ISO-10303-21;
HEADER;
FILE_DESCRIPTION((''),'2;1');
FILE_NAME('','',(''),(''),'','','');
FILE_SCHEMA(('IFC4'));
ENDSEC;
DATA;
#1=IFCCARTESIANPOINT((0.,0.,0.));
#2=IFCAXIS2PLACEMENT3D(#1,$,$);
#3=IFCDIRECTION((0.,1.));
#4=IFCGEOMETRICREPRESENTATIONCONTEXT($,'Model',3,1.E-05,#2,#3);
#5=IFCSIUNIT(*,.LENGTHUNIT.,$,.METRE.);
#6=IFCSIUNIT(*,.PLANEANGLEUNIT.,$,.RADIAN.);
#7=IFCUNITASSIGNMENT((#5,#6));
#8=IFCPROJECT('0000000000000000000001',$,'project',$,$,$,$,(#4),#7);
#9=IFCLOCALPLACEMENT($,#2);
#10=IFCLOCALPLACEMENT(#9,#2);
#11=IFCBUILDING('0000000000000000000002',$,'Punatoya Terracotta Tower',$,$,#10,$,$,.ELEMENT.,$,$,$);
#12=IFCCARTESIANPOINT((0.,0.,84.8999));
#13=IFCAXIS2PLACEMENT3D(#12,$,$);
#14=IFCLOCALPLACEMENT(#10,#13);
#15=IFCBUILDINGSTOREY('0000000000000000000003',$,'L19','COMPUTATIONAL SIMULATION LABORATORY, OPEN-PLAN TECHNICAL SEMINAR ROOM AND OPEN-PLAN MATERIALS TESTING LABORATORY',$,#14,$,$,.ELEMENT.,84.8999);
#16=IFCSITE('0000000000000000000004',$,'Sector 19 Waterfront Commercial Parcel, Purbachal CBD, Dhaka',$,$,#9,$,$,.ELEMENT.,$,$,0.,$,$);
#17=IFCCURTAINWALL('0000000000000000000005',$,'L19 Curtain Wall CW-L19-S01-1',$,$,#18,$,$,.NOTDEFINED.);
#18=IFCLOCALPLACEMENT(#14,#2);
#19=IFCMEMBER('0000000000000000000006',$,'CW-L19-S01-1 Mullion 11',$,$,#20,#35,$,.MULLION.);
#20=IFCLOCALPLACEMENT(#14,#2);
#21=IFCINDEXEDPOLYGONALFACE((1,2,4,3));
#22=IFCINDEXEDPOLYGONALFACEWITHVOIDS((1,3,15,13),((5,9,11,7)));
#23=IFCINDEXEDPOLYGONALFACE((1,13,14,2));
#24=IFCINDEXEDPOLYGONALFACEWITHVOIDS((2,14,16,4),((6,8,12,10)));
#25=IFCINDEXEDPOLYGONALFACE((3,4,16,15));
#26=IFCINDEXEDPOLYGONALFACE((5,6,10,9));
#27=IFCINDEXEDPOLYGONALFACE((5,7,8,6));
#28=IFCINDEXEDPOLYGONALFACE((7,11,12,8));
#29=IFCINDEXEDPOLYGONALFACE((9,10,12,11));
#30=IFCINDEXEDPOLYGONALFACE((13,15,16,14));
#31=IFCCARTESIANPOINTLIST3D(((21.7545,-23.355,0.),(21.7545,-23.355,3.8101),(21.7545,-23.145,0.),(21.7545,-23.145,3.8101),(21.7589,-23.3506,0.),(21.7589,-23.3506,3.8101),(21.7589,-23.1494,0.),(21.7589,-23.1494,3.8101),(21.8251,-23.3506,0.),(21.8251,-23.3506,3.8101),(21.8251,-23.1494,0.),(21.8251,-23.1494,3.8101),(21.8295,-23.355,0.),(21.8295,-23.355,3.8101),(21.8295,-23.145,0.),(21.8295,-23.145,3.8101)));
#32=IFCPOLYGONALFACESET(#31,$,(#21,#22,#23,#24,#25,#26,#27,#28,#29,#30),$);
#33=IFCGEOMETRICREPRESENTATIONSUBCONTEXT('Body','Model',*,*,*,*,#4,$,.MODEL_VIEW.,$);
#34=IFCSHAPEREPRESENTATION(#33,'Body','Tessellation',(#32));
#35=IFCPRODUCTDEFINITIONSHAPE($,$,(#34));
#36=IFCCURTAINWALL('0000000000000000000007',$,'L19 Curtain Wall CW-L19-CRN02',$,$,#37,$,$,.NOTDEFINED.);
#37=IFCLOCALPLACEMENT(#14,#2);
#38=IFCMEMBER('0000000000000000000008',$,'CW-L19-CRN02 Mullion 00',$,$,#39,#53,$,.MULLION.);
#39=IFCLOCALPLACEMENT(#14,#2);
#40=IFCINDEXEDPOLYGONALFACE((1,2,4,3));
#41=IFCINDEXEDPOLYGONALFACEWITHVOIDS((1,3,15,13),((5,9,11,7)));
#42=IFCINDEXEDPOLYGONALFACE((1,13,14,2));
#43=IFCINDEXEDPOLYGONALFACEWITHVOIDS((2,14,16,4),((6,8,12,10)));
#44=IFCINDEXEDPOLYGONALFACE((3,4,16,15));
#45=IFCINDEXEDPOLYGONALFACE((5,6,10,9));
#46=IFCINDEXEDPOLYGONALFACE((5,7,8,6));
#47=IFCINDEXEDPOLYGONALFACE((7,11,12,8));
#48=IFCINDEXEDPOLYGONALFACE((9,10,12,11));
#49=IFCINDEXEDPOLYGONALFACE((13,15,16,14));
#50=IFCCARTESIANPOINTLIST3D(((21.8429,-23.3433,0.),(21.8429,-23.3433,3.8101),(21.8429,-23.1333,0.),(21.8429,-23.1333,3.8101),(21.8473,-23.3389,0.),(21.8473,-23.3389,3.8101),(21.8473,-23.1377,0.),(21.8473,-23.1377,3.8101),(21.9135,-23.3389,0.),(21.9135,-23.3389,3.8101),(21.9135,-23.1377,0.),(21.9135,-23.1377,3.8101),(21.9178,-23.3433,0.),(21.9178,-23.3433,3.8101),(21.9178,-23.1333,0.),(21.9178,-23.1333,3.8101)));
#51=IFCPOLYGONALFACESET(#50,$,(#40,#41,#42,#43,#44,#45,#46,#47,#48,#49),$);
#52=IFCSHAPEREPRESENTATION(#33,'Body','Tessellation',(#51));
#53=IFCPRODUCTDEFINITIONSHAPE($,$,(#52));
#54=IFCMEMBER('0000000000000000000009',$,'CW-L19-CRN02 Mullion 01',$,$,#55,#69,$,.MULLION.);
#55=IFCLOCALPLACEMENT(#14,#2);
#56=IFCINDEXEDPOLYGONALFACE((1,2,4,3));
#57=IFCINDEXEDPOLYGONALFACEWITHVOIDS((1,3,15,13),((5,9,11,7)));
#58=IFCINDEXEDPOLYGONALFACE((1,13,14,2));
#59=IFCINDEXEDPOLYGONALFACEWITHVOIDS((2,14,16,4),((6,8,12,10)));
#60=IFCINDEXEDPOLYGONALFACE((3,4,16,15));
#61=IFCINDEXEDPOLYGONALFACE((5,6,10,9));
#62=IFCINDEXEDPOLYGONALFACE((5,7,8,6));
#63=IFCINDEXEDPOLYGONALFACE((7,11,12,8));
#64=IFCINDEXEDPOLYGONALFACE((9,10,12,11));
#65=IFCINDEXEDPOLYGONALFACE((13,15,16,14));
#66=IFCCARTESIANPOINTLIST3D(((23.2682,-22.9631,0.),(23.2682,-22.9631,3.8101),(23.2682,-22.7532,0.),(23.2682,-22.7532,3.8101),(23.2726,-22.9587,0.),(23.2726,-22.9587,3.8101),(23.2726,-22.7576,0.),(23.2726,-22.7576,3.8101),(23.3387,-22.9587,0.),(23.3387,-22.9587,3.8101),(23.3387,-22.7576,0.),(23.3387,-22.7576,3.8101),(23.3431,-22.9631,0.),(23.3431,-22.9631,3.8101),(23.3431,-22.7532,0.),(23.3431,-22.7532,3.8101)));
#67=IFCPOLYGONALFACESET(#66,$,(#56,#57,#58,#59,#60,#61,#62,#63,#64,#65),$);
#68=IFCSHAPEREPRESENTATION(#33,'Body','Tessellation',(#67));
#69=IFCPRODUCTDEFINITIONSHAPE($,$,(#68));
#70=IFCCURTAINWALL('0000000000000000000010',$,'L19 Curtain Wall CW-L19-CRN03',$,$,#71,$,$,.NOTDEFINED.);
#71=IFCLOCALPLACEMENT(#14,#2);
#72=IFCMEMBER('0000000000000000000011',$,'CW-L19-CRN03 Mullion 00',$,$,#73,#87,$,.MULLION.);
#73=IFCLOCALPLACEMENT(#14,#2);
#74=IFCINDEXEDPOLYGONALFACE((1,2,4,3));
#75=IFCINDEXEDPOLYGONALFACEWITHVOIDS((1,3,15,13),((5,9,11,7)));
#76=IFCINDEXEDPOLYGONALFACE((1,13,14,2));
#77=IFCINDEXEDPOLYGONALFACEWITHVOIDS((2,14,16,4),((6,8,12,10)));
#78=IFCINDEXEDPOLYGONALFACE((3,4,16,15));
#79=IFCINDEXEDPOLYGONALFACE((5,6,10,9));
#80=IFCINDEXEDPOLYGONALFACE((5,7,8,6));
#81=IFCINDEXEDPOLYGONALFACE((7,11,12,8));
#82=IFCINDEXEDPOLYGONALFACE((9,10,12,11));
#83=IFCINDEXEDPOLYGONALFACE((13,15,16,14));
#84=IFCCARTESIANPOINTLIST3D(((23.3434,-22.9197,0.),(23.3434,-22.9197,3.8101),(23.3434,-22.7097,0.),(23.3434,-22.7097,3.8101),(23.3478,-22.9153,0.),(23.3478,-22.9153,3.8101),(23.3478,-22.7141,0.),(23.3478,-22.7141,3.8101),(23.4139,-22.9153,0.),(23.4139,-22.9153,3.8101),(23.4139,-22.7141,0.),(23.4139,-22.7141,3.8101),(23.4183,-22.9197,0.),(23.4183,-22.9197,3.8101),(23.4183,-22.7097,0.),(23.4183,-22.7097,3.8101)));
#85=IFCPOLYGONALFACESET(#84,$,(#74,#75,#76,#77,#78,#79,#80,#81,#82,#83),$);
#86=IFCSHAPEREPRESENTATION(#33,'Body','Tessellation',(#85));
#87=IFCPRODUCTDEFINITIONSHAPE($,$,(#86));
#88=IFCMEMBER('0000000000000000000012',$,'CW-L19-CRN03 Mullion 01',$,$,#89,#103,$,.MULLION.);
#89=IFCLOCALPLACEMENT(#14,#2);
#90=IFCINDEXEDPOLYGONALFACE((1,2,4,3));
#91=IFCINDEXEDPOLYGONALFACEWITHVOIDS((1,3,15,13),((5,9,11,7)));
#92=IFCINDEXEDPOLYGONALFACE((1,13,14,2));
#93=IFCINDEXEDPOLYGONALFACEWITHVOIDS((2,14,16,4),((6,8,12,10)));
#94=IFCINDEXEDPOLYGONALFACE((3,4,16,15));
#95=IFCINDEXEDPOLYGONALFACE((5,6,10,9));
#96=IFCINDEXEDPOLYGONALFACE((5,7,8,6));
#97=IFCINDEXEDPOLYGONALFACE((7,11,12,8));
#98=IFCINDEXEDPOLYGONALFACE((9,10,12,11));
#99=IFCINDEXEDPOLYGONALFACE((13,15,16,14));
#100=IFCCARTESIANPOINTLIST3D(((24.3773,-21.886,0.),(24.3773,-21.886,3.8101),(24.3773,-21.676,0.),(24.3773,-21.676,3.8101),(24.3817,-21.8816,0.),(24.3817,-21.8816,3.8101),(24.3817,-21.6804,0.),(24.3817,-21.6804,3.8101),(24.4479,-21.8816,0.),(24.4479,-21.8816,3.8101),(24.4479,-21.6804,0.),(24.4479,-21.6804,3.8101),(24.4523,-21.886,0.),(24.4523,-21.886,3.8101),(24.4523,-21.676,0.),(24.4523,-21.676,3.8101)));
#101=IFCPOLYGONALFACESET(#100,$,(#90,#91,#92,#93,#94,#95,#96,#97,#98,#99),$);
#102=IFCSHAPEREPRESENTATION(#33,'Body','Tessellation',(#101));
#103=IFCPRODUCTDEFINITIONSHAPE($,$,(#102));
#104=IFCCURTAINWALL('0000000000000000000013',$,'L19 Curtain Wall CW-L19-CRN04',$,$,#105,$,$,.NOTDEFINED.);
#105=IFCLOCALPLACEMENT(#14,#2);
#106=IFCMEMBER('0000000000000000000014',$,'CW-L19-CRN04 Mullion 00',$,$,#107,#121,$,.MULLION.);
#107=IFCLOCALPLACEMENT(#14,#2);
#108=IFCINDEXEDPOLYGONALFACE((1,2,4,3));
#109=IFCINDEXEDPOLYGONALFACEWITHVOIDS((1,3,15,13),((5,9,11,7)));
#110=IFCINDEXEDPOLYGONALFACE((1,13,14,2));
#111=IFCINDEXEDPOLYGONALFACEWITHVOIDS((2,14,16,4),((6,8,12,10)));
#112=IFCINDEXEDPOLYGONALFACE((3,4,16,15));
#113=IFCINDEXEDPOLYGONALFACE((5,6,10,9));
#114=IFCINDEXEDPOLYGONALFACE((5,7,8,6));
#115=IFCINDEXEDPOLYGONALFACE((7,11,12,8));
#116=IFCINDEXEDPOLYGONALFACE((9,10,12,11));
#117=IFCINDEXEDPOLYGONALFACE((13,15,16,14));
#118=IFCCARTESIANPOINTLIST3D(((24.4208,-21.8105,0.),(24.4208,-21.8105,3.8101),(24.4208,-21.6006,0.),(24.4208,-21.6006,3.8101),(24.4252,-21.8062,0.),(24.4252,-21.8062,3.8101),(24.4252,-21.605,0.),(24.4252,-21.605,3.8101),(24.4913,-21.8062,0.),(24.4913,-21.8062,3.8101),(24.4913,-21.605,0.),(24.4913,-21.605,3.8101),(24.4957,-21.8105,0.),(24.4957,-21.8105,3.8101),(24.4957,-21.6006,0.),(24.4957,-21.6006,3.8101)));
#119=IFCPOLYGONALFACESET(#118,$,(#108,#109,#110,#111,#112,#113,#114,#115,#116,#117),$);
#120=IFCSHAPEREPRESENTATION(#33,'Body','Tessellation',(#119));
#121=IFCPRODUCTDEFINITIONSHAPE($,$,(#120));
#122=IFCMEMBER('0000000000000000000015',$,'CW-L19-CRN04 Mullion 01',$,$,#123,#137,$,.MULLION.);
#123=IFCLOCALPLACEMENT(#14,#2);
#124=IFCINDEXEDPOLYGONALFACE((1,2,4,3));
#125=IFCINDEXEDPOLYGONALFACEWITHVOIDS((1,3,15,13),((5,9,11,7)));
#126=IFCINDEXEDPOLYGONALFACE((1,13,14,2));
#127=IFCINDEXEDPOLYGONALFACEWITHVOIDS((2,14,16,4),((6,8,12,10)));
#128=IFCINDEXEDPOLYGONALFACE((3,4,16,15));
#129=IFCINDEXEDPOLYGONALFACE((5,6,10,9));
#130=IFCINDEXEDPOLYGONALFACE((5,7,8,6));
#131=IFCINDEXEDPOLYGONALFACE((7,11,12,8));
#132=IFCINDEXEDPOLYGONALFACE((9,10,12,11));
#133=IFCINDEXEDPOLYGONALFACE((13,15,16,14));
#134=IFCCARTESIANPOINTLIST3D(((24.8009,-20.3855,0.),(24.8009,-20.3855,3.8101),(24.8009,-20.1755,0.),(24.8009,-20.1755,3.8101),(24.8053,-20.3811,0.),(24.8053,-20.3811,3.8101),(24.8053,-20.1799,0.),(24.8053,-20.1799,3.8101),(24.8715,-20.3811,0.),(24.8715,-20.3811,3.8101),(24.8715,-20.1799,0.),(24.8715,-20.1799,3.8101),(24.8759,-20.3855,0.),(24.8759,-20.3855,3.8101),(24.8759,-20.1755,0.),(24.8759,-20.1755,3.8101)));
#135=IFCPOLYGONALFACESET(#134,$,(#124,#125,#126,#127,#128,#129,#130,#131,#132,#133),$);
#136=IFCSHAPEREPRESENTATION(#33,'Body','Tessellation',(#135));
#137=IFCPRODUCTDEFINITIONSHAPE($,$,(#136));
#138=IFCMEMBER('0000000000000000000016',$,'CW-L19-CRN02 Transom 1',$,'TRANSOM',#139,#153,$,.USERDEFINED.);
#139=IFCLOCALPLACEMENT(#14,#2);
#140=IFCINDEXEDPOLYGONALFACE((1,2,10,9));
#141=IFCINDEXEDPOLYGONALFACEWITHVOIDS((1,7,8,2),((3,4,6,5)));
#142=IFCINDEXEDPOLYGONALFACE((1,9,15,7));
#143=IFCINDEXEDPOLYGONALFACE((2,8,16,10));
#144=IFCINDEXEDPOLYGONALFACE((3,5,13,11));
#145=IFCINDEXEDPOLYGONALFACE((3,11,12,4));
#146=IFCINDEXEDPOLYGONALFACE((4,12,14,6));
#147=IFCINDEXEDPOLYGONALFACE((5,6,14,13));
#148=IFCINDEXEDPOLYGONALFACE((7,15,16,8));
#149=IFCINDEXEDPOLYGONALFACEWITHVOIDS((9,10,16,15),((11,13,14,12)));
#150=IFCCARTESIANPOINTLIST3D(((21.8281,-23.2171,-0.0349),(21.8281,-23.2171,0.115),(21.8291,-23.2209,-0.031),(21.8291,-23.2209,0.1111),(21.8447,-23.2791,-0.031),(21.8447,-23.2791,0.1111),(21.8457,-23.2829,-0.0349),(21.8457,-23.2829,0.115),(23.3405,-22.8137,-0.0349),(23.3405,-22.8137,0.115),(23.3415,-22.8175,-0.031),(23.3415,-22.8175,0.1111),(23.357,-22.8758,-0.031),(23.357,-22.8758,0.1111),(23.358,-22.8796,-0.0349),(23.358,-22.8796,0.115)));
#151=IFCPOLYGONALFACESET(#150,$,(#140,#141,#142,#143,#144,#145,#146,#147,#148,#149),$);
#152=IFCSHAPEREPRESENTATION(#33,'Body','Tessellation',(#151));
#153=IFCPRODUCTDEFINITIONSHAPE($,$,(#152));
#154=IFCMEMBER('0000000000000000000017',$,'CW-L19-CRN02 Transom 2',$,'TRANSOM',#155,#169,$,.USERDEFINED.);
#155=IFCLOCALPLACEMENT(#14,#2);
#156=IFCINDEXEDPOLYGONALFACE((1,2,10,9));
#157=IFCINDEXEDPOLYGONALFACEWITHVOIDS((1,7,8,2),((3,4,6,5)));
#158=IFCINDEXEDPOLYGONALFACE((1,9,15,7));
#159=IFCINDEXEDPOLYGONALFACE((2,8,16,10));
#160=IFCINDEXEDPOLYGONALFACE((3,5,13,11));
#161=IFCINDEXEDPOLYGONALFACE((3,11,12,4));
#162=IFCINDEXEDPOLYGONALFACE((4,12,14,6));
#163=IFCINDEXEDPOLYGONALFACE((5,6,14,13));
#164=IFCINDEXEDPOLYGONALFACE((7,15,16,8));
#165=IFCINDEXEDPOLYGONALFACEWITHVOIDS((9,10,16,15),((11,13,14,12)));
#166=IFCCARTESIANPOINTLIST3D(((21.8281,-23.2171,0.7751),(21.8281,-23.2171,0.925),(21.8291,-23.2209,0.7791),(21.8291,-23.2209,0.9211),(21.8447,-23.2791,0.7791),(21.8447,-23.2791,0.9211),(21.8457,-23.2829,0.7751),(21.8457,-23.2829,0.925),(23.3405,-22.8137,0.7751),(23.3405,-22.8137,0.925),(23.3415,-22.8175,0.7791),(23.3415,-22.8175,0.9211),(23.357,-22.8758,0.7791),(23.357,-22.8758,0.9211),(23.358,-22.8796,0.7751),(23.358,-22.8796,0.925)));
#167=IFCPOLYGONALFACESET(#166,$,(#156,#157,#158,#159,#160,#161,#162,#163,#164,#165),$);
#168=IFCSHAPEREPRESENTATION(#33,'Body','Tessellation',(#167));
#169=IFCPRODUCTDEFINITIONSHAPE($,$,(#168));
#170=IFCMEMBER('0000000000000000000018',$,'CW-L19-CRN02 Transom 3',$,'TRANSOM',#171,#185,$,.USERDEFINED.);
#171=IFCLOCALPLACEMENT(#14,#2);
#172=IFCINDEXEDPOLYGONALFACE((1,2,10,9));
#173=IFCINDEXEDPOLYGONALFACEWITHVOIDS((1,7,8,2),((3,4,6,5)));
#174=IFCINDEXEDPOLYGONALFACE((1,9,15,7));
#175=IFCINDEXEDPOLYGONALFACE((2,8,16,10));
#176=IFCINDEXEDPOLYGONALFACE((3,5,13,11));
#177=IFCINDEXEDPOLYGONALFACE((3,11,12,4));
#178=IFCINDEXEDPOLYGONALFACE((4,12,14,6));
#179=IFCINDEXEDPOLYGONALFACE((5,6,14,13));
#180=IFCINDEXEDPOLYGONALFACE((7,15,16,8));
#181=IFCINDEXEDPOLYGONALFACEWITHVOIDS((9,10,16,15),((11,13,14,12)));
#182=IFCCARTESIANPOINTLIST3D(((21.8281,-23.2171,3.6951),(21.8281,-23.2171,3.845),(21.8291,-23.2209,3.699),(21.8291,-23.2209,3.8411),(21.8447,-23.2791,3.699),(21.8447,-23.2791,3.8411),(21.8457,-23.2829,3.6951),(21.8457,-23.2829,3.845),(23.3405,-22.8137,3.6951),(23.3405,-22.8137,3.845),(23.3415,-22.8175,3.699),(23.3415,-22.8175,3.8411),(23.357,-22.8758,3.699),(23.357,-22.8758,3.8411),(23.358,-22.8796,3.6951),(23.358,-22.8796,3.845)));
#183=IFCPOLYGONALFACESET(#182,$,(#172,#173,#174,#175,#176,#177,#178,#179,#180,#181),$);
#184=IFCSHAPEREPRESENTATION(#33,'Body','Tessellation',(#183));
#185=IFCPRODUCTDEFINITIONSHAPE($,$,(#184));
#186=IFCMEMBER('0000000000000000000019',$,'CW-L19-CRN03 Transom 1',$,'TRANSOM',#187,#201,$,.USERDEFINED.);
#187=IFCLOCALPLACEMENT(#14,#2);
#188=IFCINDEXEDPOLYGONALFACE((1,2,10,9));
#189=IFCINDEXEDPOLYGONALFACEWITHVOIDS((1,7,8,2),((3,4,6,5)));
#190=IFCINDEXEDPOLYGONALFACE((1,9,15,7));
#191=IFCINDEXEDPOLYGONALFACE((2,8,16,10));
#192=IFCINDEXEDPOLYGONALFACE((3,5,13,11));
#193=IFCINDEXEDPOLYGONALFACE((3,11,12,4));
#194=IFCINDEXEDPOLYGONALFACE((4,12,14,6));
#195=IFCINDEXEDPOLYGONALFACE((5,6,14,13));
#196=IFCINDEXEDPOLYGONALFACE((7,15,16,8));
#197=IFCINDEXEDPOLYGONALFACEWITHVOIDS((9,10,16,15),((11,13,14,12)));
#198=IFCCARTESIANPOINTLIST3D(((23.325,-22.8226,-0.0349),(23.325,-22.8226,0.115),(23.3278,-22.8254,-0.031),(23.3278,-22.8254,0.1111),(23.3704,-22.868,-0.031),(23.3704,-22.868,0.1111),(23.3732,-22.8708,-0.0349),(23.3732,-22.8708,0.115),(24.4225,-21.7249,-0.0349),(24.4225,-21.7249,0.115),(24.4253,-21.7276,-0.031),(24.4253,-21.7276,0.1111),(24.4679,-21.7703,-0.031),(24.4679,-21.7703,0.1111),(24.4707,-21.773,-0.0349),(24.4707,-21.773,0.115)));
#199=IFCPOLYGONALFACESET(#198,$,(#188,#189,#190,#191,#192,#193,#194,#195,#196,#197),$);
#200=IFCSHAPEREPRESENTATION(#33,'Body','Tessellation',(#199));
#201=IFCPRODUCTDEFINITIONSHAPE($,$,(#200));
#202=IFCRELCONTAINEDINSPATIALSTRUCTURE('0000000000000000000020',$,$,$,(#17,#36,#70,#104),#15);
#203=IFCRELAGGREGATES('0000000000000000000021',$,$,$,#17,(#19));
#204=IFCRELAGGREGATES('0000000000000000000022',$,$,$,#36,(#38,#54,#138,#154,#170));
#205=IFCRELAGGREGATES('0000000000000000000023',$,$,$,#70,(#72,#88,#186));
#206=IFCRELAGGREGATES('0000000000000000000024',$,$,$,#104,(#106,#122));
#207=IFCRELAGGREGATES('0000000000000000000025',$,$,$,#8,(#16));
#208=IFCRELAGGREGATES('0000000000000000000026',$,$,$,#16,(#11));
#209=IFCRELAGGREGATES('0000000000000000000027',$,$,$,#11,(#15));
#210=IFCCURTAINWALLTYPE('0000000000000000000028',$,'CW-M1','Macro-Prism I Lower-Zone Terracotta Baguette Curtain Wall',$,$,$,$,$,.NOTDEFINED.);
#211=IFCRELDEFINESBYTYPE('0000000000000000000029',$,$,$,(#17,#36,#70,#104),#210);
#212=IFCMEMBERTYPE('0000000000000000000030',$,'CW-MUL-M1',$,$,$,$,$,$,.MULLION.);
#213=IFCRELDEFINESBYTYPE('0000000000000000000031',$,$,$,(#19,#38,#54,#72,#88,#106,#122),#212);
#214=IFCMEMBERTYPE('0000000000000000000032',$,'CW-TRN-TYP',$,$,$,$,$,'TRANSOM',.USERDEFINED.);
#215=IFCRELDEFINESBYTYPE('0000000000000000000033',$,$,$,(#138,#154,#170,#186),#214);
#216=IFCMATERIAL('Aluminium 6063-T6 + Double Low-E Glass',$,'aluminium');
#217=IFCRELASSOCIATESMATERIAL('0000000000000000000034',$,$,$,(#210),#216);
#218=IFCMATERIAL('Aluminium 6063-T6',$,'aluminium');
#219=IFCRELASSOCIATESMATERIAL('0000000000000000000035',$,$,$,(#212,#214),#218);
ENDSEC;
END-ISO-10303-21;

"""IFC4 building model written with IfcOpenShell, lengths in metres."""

from ifc_helpers import new_model, si_unit, direction, frame, origin, origin_2d, place, context, subcontext, project, spatial, hollow_rectangle, extrude, material, material_profile, profile_set, type_object, element, aggregate, save


model = new_model("IFC4")

# Units and contexts
model_context = context("Model", 3, precision=1e-05, world=origin(), true_north=direction((0.0, 1.0)))
body_context = subcontext(model_context, "Body", "Model", "MODEL_VIEW")
ifc_project = project(units=[si_unit("LENGTHUNIT", "METRE"), si_unit("PLANEANGLEUNIT", "RADIAN")], contexts=[model_context])

# Site, building, storey
site_placement = place(None, origin())
site = spatial("IfcSite", under=ifc_project, at=site_placement, Name="Sector 19 Waterfront Commercial Parcel, Purbachal CBD, Dhaka", CompositionType="ELEMENT", RefElevation=0.0)
building_placement = place(site_placement, origin())
building = spatial("IfcBuilding", under=site, at=building_placement, Name="Punatoya Terracotta Tower", CompositionType="ELEMENT")
storey_placement = place(building_placement, frame((0.0, 0.0, 84.8999)))
storey = spatial("IfcBuildingStorey", under=building, at=storey_placement, Name="L19", Description="COMPUTATIONAL SIMULATION LABORATORY, OPEN-PLAN TECHNICAL SEMINAR ROOM AND OPEN-PLAN MATERIALS TESTING LABORATORY", CompositionType="ELEMENT", Elevation=84.8999)

# Curtain wall, member
ifc_material_1 = material(Name="Aluminium 6063-T6 + Double Low-E Glass", Category="aluminium")
curtain_wall_type = type_object("IfcCurtainWallType", Name="CW-M1", Description="Macro-Prism I Lower-Zone Terracotta Baguette Curtain Wall", PredefinedType="NOTDEFINED", material=ifc_material_1)
curtain_wall_1_placement = place(storey_placement, origin())
curtain_wall_1 = element("IfcCurtainWall", 1, at=curtain_wall_1_placement, inside=storey, type_object=curtain_wall_type, Name="L19 Curtain Wall CW-L19-S01-1", PredefinedType="NOTDEFINED")
ifc_material_2 = material(Name="Aluminium 6063-T6", Category="aluminium")
ifc_material_profile_1 = material_profile(ifc_material_2, hollow_rectangle(XDim=0.075, YDim=0.21, WallThickness=0.0044, at=origin_2d()))
ifc_profile_set_1 = profile_set([ifc_material_profile_1], Name="Aluminium 6063-T6")
member_type_1 = type_object("IfcMemberType", Name="CW-MUL-M1", PredefinedType="MULLION", material=ifc_profile_set_1)
member_1_placement = place(storey_placement, frame((21.792, -23.25, 0.0), z_axis=(0.0, 0.0, 1.0), x_axis=(1.0, 0.0, 0.0)))
member_1 = element("IfcMember", 2, at=member_1_placement, type_object=member_type_1, Name="CW-L19-S01-1 Mullion 11", PredefinedType="MULLION", context=body_context, shape_type="SweptSolid", body=[
    extrude(hollow_rectangle(XDim=0.075, YDim=0.21, WallThickness=0.0044, at=origin_2d()), origin(), (0.0, 0.0, 1.0), 3.8101),
])

# Curtain walls, members
curtain_wall_2_placement = place(storey_placement, origin())
curtain_wall_2 = element("IfcCurtainWall", 3, at=curtain_wall_2_placement, inside=storey, type_object=curtain_wall_type, Name="L19 Curtain Wall CW-L19-CRN02", PredefinedType="NOTDEFINED")
member_2_placement = place(storey_placement, frame((21.8804, -23.2383, 0.0), z_axis=(0.0, 0.0, 1.0), x_axis=(1.0, 0.0, 0.0)))
member_2 = element("IfcMember", 4, at=member_2_placement, type_object=member_type_1, Name="CW-L19-CRN02 Mullion 00", PredefinedType="MULLION", context=body_context, shape_type="SweptSolid", body=[
    extrude(hollow_rectangle(XDim=0.075, YDim=0.21, WallThickness=0.0044, at=origin_2d()), origin(), (0.0, 0.0, 1.0), 3.8101),
])
member_3_placement = place(storey_placement, frame((23.3057, -22.8582, 0.0), z_axis=(0.0, 0.0, 1.0), x_axis=(1.0, 0.0, 0.0)))
member_3 = element("IfcMember", 5, at=member_3_placement, type_object=member_type_1, Name="CW-L19-CRN02 Mullion 01", PredefinedType="MULLION", context=body_context, shape_type="SweptSolid", body=[
    extrude(hollow_rectangle(XDim=0.075, YDim=0.21, WallThickness=0.0044, at=origin_2d()), origin(), (0.0, 0.0, 1.0), 3.8101),
])
curtain_wall_3_placement = place(storey_placement, origin())
curtain_wall_3 = element("IfcCurtainWall", 6, at=curtain_wall_3_placement, inside=storey, type_object=curtain_wall_type, Name="L19 Curtain Wall CW-L19-CRN03", PredefinedType="NOTDEFINED")
member_4_placement = place(storey_placement, frame((23.3809, -22.8147, 0.0), z_axis=(0.0, 0.0, 1.0), x_axis=(1.0, 0.0, 0.0)))
member_4 = element("IfcMember", 7, at=member_4_placement, type_object=member_type_1, Name="CW-L19-CRN03 Mullion 00", PredefinedType="MULLION", context=body_context, shape_type="SweptSolid", body=[
    extrude(hollow_rectangle(XDim=0.075, YDim=0.21, WallThickness=0.0044, at=origin_2d()), origin(), (0.0, 0.0, 1.0), 3.8101),
])
member_5_placement = place(storey_placement, frame((24.4148, -21.781, 0.0), z_axis=(0.0, 0.0, 1.0), x_axis=(1.0, 0.0, 0.0)))
member_5 = element("IfcMember", 8, at=member_5_placement, type_object=member_type_1, Name="CW-L19-CRN03 Mullion 01", PredefinedType="MULLION", context=body_context, shape_type="SweptSolid", body=[
    extrude(hollow_rectangle(XDim=0.075, YDim=0.21, WallThickness=0.0044, at=origin_2d()), origin(), (0.0, 0.0, 1.0), 3.8101),
])
curtain_wall_4_placement = place(storey_placement, origin())
curtain_wall_4 = element("IfcCurtainWall", 9, at=curtain_wall_4_placement, inside=storey, type_object=curtain_wall_type, Name="L19 Curtain Wall CW-L19-CRN04", PredefinedType="NOTDEFINED")
member_6_placement = place(storey_placement, frame((24.4583, -21.7056, 0.0), z_axis=(0.0, 0.0, 1.0), x_axis=(1.0, 0.0, 0.0)))
member_6 = element("IfcMember", 10, at=member_6_placement, type_object=member_type_1, Name="CW-L19-CRN04 Mullion 00", PredefinedType="MULLION", context=body_context, shape_type="SweptSolid", body=[
    extrude(hollow_rectangle(XDim=0.075, YDim=0.21, WallThickness=0.0044, at=origin_2d()), origin(), (0.0, 0.0, 1.0), 3.8101),
])
member_7_placement = place(storey_placement, frame((24.8384, -20.2805, 0.0), z_axis=(0.0, 0.0, 1.0), x_axis=(1.0, 0.0, 0.0)))
member_7 = element("IfcMember", 11, at=member_7_placement, type_object=member_type_1, Name="CW-L19-CRN04 Mullion 01", PredefinedType="MULLION", context=body_context, shape_type="SweptSolid", body=[
    extrude(hollow_rectangle(XDim=0.075, YDim=0.21, WallThickness=0.0044, at=origin_2d()), origin(), (0.0, 0.0, 1.0), 3.8101),
])

# Members
ifc_material_profile_2 = material_profile(ifc_material_2, hollow_rectangle(XDim=0.0681, YDim=0.1499, WallThickness=0.0039, at=origin_2d()))
ifc_profile_set_2 = profile_set([ifc_material_profile_2], Name="Aluminium 6063-T6")
member_type_2 = type_object("IfcMemberType", Name="CW-TRN-TYP", ElementType="TRANSOM", PredefinedType="USERDEFINED", material=ifc_profile_set_2)
member_8_placement = place(storey_placement, frame((21.8369, -23.25, 0.04), z_axis=(0.966225, 0.257701, 0.0), x_axis=(-0.257701, 0.966225, 0.0)))
member_8 = element("IfcMember", 12, at=member_8_placement, type_object=member_type_2, Name="CW-L19-CRN02 Transom 1", ObjectType="TRANSOM", PredefinedType="USERDEFINED", context=body_context, shape_type="SweptSolid", body=[
    extrude(hollow_rectangle(XDim=0.0681, YDim=0.1499, WallThickness=0.0039, at=origin_2d()), origin(), (0.0, 0.0, 1.0), 1.5652),
])
member_9_placement = place(storey_placement, frame((21.8369, -23.25, 0.8501), z_axis=(0.966225, 0.257701, 0.0), x_axis=(-0.257701, 0.966225, 0.0)))
member_9 = element("IfcMember", 13, at=member_9_placement, type_object=member_type_2, Name="CW-L19-CRN02 Transom 2", ObjectType="TRANSOM", PredefinedType="USERDEFINED", context=body_context, shape_type="SweptSolid", body=[
    extrude(hollow_rectangle(XDim=0.0681, YDim=0.1499, WallThickness=0.0039, at=origin_2d()), origin(), (0.0, 0.0, 1.0), 1.5652),
])
member_10_placement = place(storey_placement, frame((21.8369, -23.25, 3.77), z_axis=(0.966225, 0.257701, 0.0), x_axis=(-0.257701, 0.966225, 0.0)))
member_10 = element("IfcMember", 14, at=member_10_placement, type_object=member_type_2, Name="CW-L19-CRN02 Transom 3", ObjectType="TRANSOM", PredefinedType="USERDEFINED", context=body_context, shape_type="SweptSolid", body=[
    extrude(hollow_rectangle(XDim=0.0681, YDim=0.1499, WallThickness=0.0039, at=origin_2d()), origin(), (0.0, 0.0, 1.0), 1.5652),
])
member_11_placement = place(storey_placement, frame((23.3491, -22.8467, 0.04), z_axis=(0.707028, 0.707185, 0.0), x_axis=(-0.707185, 0.707028, 0.0)))
member_11 = element("IfcMember", 15, at=member_11_placement, type_object=member_type_2, Name="CW-L19-CRN03 Transom 1", ObjectType="TRANSOM", PredefinedType="USERDEFINED", context=body_context, shape_type="SweptSolid", body=[
    extrude(hollow_rectangle(XDim=0.0681, YDim=0.1499, WallThickness=0.0039, at=origin_2d()), origin(), (0.0, 0.0, 1.0), 1.5522),
])

aggregate(curtain_wall_1, [member_1])
aggregate(curtain_wall_2, [member_2, member_3, member_8, member_9, member_10])
aggregate(curtain_wall_3, [member_4, member_5, member_11])
aggregate(curtain_wall_4, [member_6, member_7])

save(model, "model.ifc")
